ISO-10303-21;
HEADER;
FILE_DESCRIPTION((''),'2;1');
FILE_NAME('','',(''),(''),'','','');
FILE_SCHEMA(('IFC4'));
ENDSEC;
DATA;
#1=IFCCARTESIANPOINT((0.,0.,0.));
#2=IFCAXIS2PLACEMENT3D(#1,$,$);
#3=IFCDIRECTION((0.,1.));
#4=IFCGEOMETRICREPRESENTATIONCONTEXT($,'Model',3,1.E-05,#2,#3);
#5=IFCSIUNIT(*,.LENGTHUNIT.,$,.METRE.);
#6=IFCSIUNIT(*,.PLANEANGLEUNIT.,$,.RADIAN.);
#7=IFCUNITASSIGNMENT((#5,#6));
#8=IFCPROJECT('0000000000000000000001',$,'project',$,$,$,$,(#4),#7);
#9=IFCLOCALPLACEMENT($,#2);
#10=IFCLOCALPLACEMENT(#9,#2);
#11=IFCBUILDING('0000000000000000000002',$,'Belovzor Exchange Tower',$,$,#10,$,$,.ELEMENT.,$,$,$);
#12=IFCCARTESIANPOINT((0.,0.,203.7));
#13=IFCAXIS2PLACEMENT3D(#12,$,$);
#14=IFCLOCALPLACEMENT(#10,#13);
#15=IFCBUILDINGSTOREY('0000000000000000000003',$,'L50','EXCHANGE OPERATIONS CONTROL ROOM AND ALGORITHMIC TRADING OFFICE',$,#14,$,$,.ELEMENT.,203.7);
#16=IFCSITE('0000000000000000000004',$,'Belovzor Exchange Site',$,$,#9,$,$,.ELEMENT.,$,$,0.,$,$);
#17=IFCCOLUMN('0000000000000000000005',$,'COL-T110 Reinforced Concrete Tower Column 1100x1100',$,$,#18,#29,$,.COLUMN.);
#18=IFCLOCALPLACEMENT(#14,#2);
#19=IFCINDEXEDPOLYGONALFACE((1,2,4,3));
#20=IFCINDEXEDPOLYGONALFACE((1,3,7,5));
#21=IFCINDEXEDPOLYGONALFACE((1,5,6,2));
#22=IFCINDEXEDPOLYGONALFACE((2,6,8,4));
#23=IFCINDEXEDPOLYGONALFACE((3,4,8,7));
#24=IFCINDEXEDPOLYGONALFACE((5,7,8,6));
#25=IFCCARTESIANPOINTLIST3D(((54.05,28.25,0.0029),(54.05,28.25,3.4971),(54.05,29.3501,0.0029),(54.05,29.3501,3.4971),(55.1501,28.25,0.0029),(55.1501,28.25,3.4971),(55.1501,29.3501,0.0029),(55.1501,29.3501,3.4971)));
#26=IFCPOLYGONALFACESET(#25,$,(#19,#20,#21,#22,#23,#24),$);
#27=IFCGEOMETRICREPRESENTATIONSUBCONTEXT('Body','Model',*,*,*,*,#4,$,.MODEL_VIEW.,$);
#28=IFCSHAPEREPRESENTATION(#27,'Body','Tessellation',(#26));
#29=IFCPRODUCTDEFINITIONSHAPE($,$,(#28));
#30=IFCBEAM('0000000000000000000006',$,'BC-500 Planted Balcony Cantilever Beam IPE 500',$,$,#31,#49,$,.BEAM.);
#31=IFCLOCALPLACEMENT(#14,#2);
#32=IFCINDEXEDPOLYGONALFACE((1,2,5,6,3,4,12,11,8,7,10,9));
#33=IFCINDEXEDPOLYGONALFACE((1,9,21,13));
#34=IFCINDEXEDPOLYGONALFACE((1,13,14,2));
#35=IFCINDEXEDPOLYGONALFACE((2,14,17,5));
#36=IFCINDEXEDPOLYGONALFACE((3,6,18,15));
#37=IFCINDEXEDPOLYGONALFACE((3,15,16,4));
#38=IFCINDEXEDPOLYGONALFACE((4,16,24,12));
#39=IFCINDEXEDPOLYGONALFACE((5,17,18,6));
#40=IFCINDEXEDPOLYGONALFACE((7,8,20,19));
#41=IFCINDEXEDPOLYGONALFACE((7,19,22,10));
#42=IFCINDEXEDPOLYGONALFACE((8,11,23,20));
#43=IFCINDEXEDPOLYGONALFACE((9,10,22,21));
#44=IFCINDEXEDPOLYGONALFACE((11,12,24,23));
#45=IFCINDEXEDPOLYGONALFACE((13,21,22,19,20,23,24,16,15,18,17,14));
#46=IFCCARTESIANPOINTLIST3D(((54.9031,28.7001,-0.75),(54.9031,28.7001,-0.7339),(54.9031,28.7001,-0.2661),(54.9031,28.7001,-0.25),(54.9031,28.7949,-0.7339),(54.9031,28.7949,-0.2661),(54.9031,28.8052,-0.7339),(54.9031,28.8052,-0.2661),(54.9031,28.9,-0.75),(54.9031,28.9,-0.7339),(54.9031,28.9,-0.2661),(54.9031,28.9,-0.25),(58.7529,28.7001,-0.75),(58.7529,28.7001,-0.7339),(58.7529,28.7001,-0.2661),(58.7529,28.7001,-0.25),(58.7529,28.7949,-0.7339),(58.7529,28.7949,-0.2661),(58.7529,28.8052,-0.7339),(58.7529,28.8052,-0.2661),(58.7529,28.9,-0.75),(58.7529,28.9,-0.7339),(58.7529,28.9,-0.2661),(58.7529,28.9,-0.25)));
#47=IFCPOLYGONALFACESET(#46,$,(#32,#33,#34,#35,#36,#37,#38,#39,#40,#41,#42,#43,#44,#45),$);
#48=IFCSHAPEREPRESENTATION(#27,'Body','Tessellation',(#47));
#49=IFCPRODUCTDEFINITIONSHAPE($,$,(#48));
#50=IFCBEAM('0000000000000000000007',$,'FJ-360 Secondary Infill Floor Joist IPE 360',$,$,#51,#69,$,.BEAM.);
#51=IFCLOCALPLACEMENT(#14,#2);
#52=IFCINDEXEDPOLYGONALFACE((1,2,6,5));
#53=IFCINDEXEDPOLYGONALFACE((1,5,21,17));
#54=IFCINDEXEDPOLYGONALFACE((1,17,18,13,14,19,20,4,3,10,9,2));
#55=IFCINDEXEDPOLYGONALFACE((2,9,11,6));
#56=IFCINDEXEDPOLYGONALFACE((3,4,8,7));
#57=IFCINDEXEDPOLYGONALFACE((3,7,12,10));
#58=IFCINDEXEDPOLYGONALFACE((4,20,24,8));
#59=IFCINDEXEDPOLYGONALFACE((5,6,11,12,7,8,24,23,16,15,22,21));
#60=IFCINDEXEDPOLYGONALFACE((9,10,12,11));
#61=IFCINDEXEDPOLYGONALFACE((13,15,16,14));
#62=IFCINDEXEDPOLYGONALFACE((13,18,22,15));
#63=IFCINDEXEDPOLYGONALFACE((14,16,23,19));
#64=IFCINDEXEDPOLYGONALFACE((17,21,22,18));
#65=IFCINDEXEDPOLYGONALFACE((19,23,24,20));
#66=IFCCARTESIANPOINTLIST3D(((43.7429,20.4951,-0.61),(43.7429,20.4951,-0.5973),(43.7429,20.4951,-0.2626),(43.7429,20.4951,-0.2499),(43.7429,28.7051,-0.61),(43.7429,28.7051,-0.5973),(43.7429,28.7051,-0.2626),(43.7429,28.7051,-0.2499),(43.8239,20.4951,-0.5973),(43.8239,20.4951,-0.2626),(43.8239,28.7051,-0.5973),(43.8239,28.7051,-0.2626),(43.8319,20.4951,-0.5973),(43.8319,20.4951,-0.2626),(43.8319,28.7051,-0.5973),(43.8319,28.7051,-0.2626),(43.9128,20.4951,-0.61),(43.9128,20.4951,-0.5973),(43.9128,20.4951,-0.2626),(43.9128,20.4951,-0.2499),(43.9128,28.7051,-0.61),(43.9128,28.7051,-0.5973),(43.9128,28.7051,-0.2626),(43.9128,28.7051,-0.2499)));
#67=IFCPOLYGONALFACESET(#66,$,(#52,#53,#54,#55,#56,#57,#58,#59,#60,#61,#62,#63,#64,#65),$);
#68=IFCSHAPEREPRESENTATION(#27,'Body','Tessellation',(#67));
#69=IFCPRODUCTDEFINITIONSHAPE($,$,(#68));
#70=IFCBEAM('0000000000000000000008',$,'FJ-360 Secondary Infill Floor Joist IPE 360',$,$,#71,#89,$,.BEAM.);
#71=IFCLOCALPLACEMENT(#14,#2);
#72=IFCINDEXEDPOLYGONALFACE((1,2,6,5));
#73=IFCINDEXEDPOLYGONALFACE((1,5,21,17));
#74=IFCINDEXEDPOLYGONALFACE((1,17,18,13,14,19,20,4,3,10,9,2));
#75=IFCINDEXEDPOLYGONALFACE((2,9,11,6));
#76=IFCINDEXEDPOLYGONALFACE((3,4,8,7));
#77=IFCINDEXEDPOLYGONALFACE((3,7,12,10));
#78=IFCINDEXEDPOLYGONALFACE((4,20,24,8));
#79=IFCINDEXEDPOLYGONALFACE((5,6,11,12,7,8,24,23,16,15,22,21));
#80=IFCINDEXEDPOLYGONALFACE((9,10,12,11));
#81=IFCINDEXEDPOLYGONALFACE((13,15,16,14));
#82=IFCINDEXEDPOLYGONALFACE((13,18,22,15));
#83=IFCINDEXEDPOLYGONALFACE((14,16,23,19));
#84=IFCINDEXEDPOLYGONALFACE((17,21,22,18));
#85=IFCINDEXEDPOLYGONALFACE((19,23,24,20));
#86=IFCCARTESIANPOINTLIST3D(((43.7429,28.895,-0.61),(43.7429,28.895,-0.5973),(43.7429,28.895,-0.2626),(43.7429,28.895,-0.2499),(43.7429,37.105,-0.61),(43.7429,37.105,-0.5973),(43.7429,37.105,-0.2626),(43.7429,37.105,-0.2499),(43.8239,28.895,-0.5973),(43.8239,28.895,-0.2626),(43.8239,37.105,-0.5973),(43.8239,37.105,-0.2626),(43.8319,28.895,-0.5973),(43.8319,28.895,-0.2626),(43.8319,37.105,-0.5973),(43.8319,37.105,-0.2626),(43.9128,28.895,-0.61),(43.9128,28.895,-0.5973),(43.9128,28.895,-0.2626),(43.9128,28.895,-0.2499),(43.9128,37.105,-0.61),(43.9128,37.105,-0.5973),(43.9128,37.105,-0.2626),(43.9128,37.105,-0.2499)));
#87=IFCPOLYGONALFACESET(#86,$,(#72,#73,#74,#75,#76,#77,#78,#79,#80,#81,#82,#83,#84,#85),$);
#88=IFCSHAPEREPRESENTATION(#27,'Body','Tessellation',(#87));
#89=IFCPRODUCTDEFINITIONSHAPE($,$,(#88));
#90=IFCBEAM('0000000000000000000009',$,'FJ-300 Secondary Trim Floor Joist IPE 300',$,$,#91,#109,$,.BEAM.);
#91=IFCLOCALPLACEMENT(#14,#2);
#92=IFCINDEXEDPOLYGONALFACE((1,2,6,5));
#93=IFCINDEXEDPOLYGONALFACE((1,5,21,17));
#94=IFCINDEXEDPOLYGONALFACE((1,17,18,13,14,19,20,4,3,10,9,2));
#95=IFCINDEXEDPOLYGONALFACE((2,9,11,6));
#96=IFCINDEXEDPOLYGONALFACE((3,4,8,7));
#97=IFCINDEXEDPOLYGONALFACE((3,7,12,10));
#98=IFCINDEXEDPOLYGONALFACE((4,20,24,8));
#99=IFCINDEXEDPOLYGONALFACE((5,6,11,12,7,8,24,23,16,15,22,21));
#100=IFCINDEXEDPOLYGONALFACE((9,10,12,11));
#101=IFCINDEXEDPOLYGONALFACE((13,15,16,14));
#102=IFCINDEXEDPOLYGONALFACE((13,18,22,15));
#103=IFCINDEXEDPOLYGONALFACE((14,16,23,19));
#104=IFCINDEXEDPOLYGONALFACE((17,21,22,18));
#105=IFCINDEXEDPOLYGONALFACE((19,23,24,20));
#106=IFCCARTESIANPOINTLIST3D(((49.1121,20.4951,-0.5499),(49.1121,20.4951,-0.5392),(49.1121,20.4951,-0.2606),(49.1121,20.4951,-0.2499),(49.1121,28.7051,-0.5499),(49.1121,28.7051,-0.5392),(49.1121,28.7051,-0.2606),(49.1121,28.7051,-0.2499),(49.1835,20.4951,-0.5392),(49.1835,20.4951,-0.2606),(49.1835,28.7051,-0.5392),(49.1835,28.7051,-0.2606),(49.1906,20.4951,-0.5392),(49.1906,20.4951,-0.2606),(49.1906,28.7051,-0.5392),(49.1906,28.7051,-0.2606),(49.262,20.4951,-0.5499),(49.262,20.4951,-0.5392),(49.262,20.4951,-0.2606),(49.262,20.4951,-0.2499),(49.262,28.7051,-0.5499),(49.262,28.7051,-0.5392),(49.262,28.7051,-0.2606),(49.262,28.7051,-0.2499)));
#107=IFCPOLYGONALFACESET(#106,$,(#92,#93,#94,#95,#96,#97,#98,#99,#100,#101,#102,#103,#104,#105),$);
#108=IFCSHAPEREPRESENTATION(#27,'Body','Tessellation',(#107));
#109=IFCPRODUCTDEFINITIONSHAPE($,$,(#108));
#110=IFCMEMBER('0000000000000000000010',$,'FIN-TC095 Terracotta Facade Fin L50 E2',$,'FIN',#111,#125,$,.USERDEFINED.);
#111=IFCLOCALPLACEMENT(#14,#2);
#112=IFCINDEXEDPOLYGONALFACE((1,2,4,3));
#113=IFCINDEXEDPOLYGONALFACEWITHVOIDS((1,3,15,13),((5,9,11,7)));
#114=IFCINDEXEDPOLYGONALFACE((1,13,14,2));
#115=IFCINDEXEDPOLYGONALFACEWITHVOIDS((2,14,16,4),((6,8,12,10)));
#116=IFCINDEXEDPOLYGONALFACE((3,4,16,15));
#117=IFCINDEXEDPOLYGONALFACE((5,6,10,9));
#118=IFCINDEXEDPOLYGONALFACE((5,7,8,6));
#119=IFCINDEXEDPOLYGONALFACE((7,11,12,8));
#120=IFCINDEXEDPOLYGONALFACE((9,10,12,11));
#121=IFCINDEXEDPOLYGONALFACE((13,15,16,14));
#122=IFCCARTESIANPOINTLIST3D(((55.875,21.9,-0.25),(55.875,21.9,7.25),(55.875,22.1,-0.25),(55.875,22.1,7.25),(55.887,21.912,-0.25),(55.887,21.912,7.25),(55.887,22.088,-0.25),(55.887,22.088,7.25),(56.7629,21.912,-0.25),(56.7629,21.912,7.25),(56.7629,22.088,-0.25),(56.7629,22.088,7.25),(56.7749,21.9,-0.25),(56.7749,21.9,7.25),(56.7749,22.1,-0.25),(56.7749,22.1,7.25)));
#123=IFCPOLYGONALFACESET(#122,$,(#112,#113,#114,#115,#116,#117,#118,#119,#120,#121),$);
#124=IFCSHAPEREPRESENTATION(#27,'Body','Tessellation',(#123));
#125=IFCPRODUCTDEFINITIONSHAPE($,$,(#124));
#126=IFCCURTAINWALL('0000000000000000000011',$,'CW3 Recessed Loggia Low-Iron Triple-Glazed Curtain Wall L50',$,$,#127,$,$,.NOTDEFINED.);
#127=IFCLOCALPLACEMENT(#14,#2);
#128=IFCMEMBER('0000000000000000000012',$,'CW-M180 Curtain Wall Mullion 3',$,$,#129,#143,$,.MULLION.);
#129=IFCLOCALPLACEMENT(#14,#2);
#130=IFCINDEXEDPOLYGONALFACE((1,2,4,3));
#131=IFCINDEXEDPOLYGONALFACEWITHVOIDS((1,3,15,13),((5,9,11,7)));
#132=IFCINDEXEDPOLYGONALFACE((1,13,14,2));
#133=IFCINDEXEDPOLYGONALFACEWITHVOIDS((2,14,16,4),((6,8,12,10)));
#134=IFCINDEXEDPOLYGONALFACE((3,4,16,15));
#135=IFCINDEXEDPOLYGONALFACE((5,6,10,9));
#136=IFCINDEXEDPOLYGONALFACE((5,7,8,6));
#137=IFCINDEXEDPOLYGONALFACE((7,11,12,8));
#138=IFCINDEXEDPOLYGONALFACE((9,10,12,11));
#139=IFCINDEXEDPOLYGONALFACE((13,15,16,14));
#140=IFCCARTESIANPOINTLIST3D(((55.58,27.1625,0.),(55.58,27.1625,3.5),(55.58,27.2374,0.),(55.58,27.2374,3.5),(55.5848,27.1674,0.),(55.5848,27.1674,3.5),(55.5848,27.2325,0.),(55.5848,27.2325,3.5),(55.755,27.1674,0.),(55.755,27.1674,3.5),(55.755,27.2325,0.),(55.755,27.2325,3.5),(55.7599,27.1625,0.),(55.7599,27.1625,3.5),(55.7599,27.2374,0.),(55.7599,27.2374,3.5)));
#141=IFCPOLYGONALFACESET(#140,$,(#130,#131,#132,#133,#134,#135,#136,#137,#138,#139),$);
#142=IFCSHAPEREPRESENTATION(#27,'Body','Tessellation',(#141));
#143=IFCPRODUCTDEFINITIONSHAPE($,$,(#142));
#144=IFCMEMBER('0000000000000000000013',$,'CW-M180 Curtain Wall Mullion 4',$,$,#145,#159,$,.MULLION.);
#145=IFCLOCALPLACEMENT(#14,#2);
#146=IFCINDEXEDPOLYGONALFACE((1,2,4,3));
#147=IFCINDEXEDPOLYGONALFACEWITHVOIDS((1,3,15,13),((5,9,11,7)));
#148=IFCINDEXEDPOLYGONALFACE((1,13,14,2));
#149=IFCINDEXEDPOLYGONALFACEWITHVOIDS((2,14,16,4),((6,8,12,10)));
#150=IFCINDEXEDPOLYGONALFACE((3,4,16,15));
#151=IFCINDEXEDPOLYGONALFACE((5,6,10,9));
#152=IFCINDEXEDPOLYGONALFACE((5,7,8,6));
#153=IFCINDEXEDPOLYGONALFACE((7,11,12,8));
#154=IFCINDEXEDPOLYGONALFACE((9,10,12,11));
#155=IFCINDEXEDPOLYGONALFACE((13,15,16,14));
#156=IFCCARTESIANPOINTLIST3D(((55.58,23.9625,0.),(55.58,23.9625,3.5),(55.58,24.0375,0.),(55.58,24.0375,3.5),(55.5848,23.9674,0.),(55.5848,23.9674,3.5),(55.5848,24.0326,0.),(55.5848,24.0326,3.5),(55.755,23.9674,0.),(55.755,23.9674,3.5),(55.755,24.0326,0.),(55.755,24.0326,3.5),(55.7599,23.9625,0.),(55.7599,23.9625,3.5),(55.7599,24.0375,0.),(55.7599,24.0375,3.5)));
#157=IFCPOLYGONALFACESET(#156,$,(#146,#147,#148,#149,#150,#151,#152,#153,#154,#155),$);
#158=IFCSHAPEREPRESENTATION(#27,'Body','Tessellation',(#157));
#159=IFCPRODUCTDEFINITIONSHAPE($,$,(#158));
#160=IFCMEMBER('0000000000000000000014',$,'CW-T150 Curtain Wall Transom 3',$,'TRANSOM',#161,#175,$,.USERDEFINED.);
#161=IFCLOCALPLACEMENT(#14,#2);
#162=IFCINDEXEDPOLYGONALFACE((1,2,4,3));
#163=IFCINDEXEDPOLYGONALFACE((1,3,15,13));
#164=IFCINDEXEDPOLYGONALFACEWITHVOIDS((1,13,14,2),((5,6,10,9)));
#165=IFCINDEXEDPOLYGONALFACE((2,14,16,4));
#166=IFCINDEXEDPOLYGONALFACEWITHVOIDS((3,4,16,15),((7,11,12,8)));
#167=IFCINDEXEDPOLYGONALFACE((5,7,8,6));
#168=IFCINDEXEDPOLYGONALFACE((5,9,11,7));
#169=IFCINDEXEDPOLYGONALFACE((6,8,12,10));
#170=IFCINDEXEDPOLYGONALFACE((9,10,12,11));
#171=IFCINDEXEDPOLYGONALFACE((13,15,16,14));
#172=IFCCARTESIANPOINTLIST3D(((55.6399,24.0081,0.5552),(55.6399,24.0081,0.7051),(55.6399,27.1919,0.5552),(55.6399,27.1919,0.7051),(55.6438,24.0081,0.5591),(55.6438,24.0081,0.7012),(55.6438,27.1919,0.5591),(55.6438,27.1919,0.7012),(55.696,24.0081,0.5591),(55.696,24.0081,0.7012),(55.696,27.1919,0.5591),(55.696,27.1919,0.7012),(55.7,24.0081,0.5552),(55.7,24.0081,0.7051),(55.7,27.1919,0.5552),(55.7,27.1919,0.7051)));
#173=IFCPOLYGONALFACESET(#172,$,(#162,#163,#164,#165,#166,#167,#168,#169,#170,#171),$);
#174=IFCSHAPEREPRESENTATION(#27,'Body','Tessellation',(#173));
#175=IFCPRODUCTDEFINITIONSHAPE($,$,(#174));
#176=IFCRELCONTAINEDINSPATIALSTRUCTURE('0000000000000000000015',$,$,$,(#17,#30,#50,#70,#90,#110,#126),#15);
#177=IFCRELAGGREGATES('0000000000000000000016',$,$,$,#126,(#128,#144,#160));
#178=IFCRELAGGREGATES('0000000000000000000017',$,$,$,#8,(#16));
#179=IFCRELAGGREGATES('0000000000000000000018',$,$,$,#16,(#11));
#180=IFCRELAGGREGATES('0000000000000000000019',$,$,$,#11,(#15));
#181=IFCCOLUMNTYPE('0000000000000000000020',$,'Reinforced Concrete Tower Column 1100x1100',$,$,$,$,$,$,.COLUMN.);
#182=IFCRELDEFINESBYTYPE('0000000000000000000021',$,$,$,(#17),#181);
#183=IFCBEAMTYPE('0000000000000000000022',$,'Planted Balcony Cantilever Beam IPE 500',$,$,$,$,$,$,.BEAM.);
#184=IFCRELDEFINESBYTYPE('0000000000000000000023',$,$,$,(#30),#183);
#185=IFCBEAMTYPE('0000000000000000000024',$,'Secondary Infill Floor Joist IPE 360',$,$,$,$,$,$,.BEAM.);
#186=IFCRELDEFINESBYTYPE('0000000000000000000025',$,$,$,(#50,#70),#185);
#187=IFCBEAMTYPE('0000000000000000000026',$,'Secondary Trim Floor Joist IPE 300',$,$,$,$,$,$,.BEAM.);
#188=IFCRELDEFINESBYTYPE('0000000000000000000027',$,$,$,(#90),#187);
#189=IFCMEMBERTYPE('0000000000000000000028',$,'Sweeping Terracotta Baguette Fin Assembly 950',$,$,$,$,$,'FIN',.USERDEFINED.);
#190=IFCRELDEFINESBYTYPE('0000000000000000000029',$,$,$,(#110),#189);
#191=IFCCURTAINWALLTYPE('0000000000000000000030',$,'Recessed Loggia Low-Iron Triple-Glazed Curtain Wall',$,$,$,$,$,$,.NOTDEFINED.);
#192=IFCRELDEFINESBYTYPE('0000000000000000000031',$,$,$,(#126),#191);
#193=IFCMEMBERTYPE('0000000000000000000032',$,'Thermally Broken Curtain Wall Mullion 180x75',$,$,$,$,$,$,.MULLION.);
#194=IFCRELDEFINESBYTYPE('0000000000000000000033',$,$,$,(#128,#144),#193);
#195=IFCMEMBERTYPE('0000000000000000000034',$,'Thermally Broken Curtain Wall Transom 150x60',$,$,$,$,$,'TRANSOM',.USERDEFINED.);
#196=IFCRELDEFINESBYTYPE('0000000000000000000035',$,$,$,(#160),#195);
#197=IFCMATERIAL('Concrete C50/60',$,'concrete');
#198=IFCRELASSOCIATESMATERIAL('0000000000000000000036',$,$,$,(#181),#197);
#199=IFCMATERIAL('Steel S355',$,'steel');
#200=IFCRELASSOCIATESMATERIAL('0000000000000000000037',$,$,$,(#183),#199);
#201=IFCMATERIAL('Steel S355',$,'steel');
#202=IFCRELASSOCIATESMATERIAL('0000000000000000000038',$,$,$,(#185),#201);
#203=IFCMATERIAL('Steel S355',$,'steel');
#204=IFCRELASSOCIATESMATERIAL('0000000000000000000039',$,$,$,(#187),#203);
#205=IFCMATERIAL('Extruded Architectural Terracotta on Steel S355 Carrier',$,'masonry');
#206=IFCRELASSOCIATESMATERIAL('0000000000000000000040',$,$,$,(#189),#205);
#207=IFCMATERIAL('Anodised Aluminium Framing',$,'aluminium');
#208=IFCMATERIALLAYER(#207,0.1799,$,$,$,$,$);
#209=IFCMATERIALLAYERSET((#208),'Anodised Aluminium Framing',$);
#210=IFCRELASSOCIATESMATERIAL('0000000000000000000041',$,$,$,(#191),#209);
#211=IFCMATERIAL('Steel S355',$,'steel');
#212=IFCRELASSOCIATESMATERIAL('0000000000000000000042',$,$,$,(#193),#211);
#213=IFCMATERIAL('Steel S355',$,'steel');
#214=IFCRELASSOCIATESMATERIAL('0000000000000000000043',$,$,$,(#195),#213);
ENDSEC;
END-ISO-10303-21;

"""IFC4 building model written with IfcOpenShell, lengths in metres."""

from ifc_helpers import new_model, si_unit, direction, frame, origin, origin_2d, place, context, subcontext, project, spatial, rectangle, hollow_rectangle, i_section, extrude, material, layer, layer_set, material_profile, profile_set, type_object, element, aggregate, save


model = new_model("IFC4")

# Units and contexts
model_context = context("Model", 3, precision=1e-05, world=origin(), true_north=direction((0.0, 1.0)))
body_context = subcontext(model_context, "Body", "Model", "MODEL_VIEW")
ifc_project = project(units=[si_unit("LENGTHUNIT", "METRE"), si_unit("PLANEANGLEUNIT", "RADIAN")], contexts=[model_context])

# Site, building, storey
site_placement = place(None, origin())
site = spatial("IfcSite", under=ifc_project, at=site_placement, Name="Belovzor Exchange Site", CompositionType="ELEMENT", RefElevation=0.0)
building_placement = place(site_placement, origin())
building = spatial("IfcBuilding", under=site, at=building_placement, Name="Belovzor Exchange Tower", CompositionType="ELEMENT")
storey_placement = place(building_placement, frame((0.0, 0.0, 203.7)))
storey = spatial("IfcBuildingStorey", under=building, at=storey_placement, Name="L50", Description="EXCHANGE OPERATIONS CONTROL ROOM AND ALGORITHMIC TRADING OFFICE", CompositionType="ELEMENT", Elevation=203.7)

# Column
ifc_material_1 = material(Name="Concrete C50/60", Category="concrete")
ifc_material_profile_1 = material_profile(ifc_material_1, rectangle(XDim=1.1001, YDim=1.1001, at=origin_2d()))
ifc_profile_set_1 = profile_set([ifc_material_profile_1], Name="Concrete C50/60")
column_type = type_object("IfcColumnType", Name="Reinforced Concrete Tower Column 1100x1100", PredefinedType="COLUMN", material=ifc_profile_set_1)
column_placement = place(storey_placement, frame((54.6001, 28.8, 0.0029), z_axis=(0.0, 0.0, 1.0), x_axis=(1.0, 0.0, 0.0)))
element("IfcColumn", 1, at=column_placement, inside=storey, type_object=column_type, Name="COL-T110 Reinforced Concrete Tower Column 1100x1100", PredefinedType="COLUMN", context=body_context, shape_type="SweptSolid", body=[
    extrude(rectangle(XDim=1.1001, YDim=1.1001, at=origin_2d()), origin(), (0.0, 0.0, 1.0), 3.4941),
])

# Beams
ifc_material_2 = material(Name="Steel S355", Category="steel")
ifc_material_profile_2 = material_profile(ifc_material_2, i_section(OverallWidth=0.2, OverallDepth=0.5, WebThickness=0.0103, FlangeThickness=0.0161, at=origin_2d()))
ifc_profile_set_2 = profile_set([ifc_material_profile_2], Name="Steel S355")
beam_type_1 = type_object("IfcBeamType", Name="Planted Balcony Cantilever Beam IPE 500", PredefinedType="BEAM", material=ifc_profile_set_2)
beam_1_placement = place(storey_placement, frame((54.9031, 28.8, -0.5), z_axis=(1.0, 0.0, 0.0), x_axis=(0.0, 1.0, 0.0)))
element("IfcBeam", 2, at=beam_1_placement, inside=storey, type_object=beam_type_1, Name="BC-500 Planted Balcony Cantilever Beam IPE 500", PredefinedType="BEAM", context=body_context, shape_type="SweptSolid", body=[
    extrude(i_section(OverallWidth=0.2, OverallDepth=0.5, WebThickness=0.0103, FlangeThickness=0.0161, at=origin_2d()), origin(), (0.0, 0.0, 1.0), 3.8499),
])
ifc_material_3 = material(Name="Steel S355", Category="steel")
ifc_material_profile_3 = material_profile(ifc_material_3, i_section(OverallWidth=0.1699, OverallDepth=0.3601, WebThickness=0.0081, FlangeThickness=0.0127, at=origin_2d()))
ifc_profile_set_3 = profile_set([ifc_material_profile_3], Name="Steel S355")
beam_type_2 = type_object("IfcBeamType", Name="Secondary Infill Floor Joist IPE 360", PredefinedType="BEAM", material=ifc_profile_set_3)
for number, where, z_axis, x_axis, name in (
    (3, (43.8279, 20.4951, -0.4299), (0.0, 1.0, 0.0), (-1.0, 0.0, 0.0), "FJ-360 Secondary Infill Floor Joist IPE 360"),
    (4, (43.8279, 28.895, -0.4299), (0.0, 1.0, 0.0), (-1.0, 0.0, 0.0), "FJ-360 Secondary Infill Floor Joist IPE 360"),
):
    element("IfcBeam", number, at=place(storey_placement, frame(where, z_axis=z_axis, x_axis=x_axis)), inside=storey, type_object=beam_type_2, Name=name, PredefinedType="BEAM", context=body_context, shape_type="SweptSolid", body=[
        extrude(i_section(OverallWidth=0.1699, OverallDepth=0.3601, WebThickness=0.0081, FlangeThickness=0.0127, at=origin_2d()), origin(), (0.0, 0.0, 1.0), 8.21),
    ])
ifc_material_4 = material(Name="Steel S355", Category="steel")
ifc_material_profile_4 = material_profile(ifc_material_4, i_section(OverallWidth=0.1499, OverallDepth=0.3, WebThickness=0.0071, FlangeThickness=0.0107, at=origin_2d()))
ifc_profile_set_4 = profile_set([ifc_material_profile_4], Name="Steel S355")
beam_type_3 = type_object("IfcBeamType", Name="Secondary Trim Floor Joist IPE 300", PredefinedType="BEAM", material=ifc_profile_set_4)
beam_2_placement = place(storey_placement, frame((49.187, 20.4951, -0.3999), z_axis=(0.0, 1.0, 0.0), x_axis=(-1.0, 0.0, 0.0)))
element("IfcBeam", 5, at=beam_2_placement, inside=storey, type_object=beam_type_3, Name="FJ-300 Secondary Trim Floor Joist IPE 300", PredefinedType="BEAM", context=body_context, shape_type="SweptSolid", body=[
    extrude(i_section(OverallWidth=0.1499, OverallDepth=0.3, WebThickness=0.0071, FlangeThickness=0.0107, at=origin_2d()), origin(), (0.0, 0.0, 1.0), 8.21),
])

# Member
ifc_material_5 = material(Name="Extruded Architectural Terracotta on Steel S355 Carrier", Category="masonry")
ifc_material_profile_5 = material_profile(ifc_material_5, hollow_rectangle(XDim=0.2, YDim=0.8999, WallThickness=0.012, at=origin_2d()))
ifc_profile_set_5 = profile_set([ifc_material_profile_5], Name="Extruded Architectural Terracotta on Steel S355 Carrier")
member_type_1 = type_object("IfcMemberType", Name="Sweeping Terracotta Baguette Fin Assembly 950", ElementType="FIN", PredefinedType="USERDEFINED", material=ifc_profile_set_5)
member_1_placement = place(storey_placement, frame((56.325, 22.0, -0.25), z_axis=(0.0, 0.0, 1.0), x_axis=(0.0, 1.0, 0.0)))
element("IfcMember", 6, at=member_1_placement, inside=storey, type_object=member_type_1, Name="FIN-TC095 Terracotta Facade Fin L50 E2", ObjectType="FIN", PredefinedType="USERDEFINED", context=body_context, shape_type="SweptSolid", body=[
    extrude(hollow_rectangle(XDim=0.2, YDim=0.8999, WallThickness=0.012, at=origin_2d()), origin(), (0.0, 0.0, 1.0), 7.5),
])

# Curtain wall, members
ifc_material_6 = material(Name="Anodised Aluminium Framing", Category="aluminium")
ifc_layer_1 = layer(ifc_material_6, 0.1799)
ifc_layer_set_1 = layer_set([ifc_layer_1], Name="Anodised Aluminium Framing")
curtain_wall_type = type_object("IfcCurtainWallType", Name="Recessed Loggia Low-Iron Triple-Glazed Curtain Wall", PredefinedType="NOTDEFINED", material=ifc_layer_set_1)
curtain_wall_placement = place(storey_placement, origin())
curtain_wall = element("IfcCurtainWall", 7, at=curtain_wall_placement, inside=storey, type_object=curtain_wall_type, Name="CW3 Recessed Loggia Low-Iron Triple-Glazed Curtain Wall L50", PredefinedType="NOTDEFINED")
ifc_material_7 = material(Name="Steel S355", Category="steel")
ifc_material_profile_6 = material_profile(ifc_material_7, hollow_rectangle(XDim=0.075, YDim=0.1799, WallThickness=0.0049, at=origin_2d()))
ifc_profile_set_6 = profile_set([ifc_material_profile_6], Name="Steel S355")
member_type_2 = type_object("IfcMemberType", Name="Thermally Broken Curtain Wall Mullion 180x75", PredefinedType="MULLION", material=ifc_profile_set_6)
member_2_placement = place(storey_placement, frame((55.6699, 27.2, 0.0), z_axis=(0.0, 0.0, 1.0), x_axis=(0.0, -1.0, 0.0)))
member_2 = element("IfcMember", 8, at=member_2_placement, type_object=member_type_2, Name="CW-M180 Curtain Wall Mullion 3", PredefinedType="MULLION", context=body_context, shape_type="SweptSolid", body=[
    extrude(hollow_rectangle(XDim=0.075, YDim=0.1799, WallThickness=0.0049, at=origin_2d()), origin(), (0.0, 0.0, 1.0), 3.5),
])
member_3_placement = place(storey_placement, frame((55.6699, 24.0, 0.0), z_axis=(0.0, 0.0, 1.0), x_axis=(0.0, -1.0, 0.0)))
member_3 = element("IfcMember", 9, at=member_3_placement, type_object=member_type_2, Name="CW-M180 Curtain Wall Mullion 4", PredefinedType="MULLION", context=body_context, shape_type="SweptSolid", body=[
    extrude(hollow_rectangle(XDim=0.075, YDim=0.1799, WallThickness=0.0049, at=origin_2d()), origin(), (0.0, 0.0, 1.0), 3.5),
])
ifc_material_8 = material(Name="Steel S355", Category="steel")
ifc_material_profile_7 = material_profile(ifc_material_8, hollow_rectangle(XDim=0.0601, YDim=0.1499, WallThickness=0.0039, at=origin_2d()))
ifc_profile_set_7 = profile_set([ifc_material_profile_7], Name="Steel S355")
member_type_3 = type_object("IfcMemberType", Name="Thermally Broken Curtain Wall Transom 150x60", ElementType="TRANSOM", PredefinedType="USERDEFINED", material=ifc_profile_set_7)
member_4_placement = place(storey_placement, frame((55.6699, 27.1919, 0.6301), z_axis=(0.0, -1.0, 0.0), x_axis=(1.0, 0.0, 0.0)))
member_4 = element("IfcMember", 10, at=member_4_placement, type_object=member_type_3, Name="CW-T150 Curtain Wall Transom 3", ObjectType="TRANSOM", PredefinedType="USERDEFINED", context=body_context, shape_type="SweptSolid", body=[
    extrude(hollow_rectangle(XDim=0.0601, YDim=0.1499, WallThickness=0.0039, at=origin_2d()), origin(), (0.0, 0.0, 1.0), 3.1838),
])

aggregate(curtain_wall, [member_2, member_3, member_4])

save(model, "model.ifc")
